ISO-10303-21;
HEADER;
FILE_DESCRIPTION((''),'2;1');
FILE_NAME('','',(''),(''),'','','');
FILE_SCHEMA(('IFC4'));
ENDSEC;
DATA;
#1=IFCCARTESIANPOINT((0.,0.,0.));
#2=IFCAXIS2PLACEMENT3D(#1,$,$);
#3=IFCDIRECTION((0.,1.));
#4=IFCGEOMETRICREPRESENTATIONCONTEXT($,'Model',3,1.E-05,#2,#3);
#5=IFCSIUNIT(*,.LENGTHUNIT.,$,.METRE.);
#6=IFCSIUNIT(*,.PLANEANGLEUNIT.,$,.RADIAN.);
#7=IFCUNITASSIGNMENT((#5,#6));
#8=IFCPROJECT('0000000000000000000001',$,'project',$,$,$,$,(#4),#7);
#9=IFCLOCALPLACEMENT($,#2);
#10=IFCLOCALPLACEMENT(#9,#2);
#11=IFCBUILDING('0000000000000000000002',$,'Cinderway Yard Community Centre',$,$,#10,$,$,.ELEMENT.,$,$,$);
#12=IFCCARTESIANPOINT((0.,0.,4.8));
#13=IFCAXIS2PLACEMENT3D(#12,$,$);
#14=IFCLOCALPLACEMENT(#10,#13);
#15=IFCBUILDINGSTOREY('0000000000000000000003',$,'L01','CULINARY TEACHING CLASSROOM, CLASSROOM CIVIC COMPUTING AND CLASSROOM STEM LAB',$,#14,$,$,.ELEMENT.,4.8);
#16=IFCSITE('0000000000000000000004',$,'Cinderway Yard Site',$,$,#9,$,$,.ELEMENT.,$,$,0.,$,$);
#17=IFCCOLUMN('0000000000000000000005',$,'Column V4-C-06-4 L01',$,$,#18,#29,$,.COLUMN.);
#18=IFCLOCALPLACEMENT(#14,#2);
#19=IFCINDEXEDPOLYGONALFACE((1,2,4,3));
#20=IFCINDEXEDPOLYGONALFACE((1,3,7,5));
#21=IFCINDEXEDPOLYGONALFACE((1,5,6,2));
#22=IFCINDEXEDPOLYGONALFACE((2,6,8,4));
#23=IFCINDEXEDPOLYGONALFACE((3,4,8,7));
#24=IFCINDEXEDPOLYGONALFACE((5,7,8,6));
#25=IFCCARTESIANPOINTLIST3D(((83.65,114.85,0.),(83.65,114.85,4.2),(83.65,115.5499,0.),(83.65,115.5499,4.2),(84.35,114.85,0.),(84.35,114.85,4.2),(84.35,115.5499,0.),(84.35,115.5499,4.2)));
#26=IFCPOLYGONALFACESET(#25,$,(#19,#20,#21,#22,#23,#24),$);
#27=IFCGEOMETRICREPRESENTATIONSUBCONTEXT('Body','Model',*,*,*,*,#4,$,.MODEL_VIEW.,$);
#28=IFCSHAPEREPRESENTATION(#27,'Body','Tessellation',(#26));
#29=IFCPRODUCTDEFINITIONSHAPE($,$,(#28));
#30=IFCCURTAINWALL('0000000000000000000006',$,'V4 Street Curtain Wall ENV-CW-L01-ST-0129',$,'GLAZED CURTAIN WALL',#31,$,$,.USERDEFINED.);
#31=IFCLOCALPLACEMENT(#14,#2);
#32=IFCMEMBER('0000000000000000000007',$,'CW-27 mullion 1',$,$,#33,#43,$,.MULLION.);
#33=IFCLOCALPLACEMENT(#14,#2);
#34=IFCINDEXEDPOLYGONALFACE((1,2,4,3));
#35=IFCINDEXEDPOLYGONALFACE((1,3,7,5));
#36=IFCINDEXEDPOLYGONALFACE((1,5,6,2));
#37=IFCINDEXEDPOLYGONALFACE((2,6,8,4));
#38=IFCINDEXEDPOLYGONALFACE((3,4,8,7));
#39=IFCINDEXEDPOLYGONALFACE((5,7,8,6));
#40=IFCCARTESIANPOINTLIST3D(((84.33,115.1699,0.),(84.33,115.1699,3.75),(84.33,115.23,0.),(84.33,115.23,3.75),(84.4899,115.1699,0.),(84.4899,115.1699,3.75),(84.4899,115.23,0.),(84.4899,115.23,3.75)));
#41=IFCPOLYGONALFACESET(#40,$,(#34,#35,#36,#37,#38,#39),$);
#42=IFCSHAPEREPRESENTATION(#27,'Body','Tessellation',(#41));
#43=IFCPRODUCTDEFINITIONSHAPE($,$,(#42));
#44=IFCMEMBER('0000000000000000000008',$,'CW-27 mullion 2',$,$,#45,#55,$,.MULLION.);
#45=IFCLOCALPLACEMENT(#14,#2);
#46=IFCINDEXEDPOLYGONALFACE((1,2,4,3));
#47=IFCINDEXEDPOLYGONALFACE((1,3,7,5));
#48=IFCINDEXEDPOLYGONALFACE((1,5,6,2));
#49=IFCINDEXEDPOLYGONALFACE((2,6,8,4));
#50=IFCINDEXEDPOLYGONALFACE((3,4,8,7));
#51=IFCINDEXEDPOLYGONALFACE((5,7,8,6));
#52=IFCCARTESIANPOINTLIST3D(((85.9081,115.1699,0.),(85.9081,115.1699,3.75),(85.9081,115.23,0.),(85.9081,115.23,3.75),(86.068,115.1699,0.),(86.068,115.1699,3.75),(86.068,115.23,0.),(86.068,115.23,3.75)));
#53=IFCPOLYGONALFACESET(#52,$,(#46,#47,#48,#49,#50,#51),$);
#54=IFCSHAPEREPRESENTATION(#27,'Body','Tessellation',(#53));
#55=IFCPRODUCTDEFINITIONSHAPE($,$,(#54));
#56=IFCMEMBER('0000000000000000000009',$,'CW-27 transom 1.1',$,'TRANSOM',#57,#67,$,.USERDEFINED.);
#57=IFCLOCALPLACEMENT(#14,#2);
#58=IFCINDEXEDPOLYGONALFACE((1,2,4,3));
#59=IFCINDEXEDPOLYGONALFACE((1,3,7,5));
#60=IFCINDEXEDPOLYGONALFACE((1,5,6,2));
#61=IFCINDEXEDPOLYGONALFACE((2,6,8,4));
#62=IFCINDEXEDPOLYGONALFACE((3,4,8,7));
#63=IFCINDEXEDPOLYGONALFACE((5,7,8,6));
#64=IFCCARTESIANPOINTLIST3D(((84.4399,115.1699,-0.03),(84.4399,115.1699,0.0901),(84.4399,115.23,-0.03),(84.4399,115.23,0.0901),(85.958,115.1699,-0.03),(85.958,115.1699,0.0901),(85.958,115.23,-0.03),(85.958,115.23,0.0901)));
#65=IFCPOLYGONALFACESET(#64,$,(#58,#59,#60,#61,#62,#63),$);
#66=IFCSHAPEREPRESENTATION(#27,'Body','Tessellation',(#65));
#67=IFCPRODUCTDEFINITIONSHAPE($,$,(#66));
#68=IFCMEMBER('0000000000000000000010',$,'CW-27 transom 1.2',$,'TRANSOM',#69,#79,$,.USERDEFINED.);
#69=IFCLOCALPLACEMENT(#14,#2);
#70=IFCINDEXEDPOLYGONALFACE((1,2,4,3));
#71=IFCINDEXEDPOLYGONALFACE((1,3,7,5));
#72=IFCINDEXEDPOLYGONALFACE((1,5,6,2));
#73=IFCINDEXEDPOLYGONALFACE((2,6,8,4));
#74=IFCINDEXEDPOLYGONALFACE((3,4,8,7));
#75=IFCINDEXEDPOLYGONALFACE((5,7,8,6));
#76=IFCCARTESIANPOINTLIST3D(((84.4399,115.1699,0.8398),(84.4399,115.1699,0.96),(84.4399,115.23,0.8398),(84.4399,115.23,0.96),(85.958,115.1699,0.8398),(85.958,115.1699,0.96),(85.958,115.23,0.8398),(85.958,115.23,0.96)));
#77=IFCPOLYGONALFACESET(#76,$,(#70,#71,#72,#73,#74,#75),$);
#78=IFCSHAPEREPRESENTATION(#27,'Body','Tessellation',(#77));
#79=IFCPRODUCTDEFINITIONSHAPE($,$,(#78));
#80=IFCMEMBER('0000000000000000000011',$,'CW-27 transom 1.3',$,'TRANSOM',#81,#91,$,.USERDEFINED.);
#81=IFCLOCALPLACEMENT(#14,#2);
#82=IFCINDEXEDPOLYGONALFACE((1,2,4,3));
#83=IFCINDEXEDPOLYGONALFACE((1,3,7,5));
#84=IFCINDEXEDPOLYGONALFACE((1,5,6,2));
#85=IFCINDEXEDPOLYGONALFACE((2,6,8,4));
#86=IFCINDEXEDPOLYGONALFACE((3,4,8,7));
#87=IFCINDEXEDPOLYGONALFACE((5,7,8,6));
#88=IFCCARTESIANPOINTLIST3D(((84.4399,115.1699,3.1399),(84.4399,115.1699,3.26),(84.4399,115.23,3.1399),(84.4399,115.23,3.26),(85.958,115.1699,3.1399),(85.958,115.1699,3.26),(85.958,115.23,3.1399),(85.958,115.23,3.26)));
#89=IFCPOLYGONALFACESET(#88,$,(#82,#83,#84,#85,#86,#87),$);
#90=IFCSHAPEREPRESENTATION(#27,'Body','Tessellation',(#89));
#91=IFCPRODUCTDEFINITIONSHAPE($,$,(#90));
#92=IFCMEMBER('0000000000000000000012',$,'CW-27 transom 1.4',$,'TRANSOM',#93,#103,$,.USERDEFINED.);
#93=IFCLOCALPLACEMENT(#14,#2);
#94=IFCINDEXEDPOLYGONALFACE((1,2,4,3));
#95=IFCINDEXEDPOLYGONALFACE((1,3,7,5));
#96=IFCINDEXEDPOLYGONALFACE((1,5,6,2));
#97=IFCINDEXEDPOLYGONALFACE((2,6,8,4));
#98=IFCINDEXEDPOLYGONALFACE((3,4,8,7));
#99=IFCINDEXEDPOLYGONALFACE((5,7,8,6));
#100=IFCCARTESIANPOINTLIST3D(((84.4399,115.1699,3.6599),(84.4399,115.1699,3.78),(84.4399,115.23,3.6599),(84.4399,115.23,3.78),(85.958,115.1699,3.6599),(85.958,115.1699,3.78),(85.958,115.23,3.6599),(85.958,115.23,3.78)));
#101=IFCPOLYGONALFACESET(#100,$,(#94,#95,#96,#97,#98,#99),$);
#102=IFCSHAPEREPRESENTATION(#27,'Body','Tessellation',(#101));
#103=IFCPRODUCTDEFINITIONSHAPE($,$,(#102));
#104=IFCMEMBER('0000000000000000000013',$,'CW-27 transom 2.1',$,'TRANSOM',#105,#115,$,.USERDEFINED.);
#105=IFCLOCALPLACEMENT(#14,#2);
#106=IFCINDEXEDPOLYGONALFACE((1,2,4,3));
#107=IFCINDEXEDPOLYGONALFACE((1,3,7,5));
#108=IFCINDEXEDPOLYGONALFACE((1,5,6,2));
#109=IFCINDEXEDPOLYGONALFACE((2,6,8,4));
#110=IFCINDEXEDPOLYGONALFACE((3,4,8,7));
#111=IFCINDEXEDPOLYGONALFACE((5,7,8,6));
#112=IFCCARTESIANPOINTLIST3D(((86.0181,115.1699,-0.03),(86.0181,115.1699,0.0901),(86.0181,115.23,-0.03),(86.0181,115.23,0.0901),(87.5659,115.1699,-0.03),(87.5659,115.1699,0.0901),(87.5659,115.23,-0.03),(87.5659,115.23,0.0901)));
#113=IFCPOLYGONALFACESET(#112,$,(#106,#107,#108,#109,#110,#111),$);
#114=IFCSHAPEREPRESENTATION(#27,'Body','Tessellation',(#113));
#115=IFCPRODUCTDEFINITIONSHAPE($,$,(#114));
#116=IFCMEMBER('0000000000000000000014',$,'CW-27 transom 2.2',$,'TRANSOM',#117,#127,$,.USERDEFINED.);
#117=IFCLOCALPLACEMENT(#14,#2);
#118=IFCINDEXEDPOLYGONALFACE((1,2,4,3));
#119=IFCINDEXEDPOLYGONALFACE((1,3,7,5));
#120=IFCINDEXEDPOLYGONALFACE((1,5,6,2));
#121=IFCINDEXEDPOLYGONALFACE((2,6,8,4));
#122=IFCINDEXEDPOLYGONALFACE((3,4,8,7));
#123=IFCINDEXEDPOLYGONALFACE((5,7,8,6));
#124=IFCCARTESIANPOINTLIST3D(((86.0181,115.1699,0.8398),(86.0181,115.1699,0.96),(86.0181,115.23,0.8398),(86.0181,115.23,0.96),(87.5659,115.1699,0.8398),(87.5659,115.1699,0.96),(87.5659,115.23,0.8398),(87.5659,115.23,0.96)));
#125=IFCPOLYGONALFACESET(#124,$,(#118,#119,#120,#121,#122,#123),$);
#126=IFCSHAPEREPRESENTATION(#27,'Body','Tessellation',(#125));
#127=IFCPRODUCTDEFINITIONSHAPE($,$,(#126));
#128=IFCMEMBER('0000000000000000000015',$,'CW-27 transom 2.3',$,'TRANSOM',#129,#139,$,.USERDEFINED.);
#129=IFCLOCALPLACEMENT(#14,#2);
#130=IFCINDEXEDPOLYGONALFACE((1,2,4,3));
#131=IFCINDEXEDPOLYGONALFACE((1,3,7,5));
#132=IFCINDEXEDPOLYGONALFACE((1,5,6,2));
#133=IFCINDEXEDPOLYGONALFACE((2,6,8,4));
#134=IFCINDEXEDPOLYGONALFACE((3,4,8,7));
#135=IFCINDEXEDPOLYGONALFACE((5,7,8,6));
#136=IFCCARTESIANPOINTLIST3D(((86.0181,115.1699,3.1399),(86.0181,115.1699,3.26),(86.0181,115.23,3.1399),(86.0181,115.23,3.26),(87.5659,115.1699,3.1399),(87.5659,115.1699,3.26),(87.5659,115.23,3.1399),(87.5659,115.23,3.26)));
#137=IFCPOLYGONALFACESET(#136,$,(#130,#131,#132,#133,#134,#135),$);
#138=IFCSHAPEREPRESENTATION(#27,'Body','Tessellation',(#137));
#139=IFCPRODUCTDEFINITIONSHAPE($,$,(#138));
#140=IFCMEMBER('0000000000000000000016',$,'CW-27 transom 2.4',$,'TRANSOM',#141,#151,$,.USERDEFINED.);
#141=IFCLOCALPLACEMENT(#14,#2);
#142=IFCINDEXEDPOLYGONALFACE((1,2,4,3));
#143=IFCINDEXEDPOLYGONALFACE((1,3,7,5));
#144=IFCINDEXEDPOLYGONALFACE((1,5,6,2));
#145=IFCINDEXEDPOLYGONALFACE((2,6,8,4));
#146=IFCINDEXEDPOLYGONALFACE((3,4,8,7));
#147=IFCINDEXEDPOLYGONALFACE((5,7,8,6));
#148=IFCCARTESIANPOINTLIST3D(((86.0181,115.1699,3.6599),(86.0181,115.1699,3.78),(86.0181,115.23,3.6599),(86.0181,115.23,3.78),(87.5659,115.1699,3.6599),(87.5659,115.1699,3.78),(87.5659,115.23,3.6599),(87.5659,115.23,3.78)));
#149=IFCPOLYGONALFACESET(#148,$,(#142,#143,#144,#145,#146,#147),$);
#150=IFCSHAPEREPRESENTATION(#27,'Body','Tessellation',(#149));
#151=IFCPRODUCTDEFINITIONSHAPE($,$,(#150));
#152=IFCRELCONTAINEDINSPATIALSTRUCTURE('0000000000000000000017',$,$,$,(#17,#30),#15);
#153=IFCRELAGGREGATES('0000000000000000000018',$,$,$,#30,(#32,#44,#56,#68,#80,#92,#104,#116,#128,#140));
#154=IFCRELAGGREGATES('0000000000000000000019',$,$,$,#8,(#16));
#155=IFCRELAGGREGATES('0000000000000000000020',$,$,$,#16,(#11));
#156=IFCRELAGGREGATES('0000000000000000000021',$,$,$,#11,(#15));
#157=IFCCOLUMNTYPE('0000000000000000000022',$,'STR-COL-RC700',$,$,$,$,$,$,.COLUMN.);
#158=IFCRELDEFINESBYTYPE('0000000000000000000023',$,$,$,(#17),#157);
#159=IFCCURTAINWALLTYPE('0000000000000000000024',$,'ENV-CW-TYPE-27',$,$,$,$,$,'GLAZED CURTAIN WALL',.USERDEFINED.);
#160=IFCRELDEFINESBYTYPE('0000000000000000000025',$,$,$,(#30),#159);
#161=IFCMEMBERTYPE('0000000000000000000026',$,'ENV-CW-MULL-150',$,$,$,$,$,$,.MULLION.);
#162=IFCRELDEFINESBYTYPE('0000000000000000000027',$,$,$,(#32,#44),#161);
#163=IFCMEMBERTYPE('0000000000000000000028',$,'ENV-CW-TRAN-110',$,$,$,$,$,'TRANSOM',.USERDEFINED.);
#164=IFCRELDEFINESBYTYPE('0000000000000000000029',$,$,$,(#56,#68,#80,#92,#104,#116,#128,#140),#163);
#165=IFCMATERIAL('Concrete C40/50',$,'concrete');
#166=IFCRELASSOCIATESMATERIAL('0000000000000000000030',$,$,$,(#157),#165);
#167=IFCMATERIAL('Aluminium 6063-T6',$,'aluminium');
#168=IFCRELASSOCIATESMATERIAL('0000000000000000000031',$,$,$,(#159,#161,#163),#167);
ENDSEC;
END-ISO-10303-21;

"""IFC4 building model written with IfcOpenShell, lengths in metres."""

from ifc_helpers import new_model, si_unit, direction, frame, origin, origin_2d, place, context, subcontext, project, spatial, rectangle, extrude, material, material_profile, profile_set, type_object, element, aggregate, save


model = new_model("IFC4")

# Units and contexts
model_context = context("Model", 3, precision=1e-05, world=origin(), true_north=direction((0.0, 1.0)))
body_context = subcontext(model_context, "Body", "Model", "MODEL_VIEW")
ifc_project = project(units=[si_unit("LENGTHUNIT", "METRE"), si_unit("PLANEANGLEUNIT", "RADIAN")], contexts=[model_context])

# Site, building, storey
site_placement = place(None, origin())
site = spatial("IfcSite", under=ifc_project, at=site_placement, Name="Cinderway Yard Site", CompositionType="ELEMENT", RefElevation=0.0)
building_placement = place(site_placement, origin())
building = spatial("IfcBuilding", under=site, at=building_placement, Name="Cinderway Yard Community Centre", CompositionType="ELEMENT")
storey_placement = place(building_placement, frame((0.0, 0.0, 4.8)))
storey = spatial("IfcBuildingStorey", under=building, at=storey_placement, Name="L01", Description="CULINARY TEACHING CLASSROOM, CLASSROOM CIVIC COMPUTING AND CLASSROOM STEM LAB", CompositionType="ELEMENT", Elevation=4.8)

# Column
ifc_material_1 = material(Name="Concrete C40/50", Category="concrete")
ifc_material_profile_1 = material_profile(ifc_material_1, rectangle(XDim=0.7, YDim=0.7, at=origin_2d()), Name="Concrete C40/50")
ifc_profile_set_1 = profile_set([ifc_material_profile_1], Name="Concrete C40/50")
column_type = type_object("IfcColumnType", Name="STR-COL-RC700", PredefinedType="COLUMN", material=ifc_profile_set_1)
column_placement = place(storey_placement, frame((84.0, 115.2, 0.0), z_axis=(0.0, 0.0, 1.0), x_axis=(1.0, 0.0, 0.0)))
element("IfcColumn", 1, at=column_placement, inside=storey, type_object=column_type, Name="Column V4-C-06-4 L01", PredefinedType="COLUMN", context=body_context, shape_type="SweptSolid", body=[
    extrude(rectangle(XDim=0.7, YDim=0.7, at=origin_2d()), origin(), (0.0, 0.0, 1.0), 4.2),
])

# Curtain wall, members
ifc_material_2 = material(Name="Aluminium 6063-T6", Category="aluminium")
curtain_wall_type = type_object("IfcCurtainWallType", Name="ENV-CW-TYPE-27", ElementType="GLAZED CURTAIN WALL", PredefinedType="USERDEFINED", material=ifc_material_2)
curtain_wall_placement = place(storey_placement, origin())
curtain_wall = element("IfcCurtainWall", 2, at=curtain_wall_placement, inside=storey, type_object=curtain_wall_type, Name="V4 Street Curtain Wall ENV-CW-L01-ST-0129", ObjectType="GLAZED CURTAIN WALL", PredefinedType="USERDEFINED")
ifc_material_profile_2 = material_profile(ifc_material_2, rectangle(XDim=0.0601, YDim=0.1599, at=origin_2d()), Name="Aluminium 6063-T6")
ifc_profile_set_2 = profile_set([ifc_material_profile_2], Name="Aluminium 6063-T6")
member_type_1 = type_object("IfcMemberType", Name="ENV-CW-MULL-150", PredefinedType="MULLION", material=ifc_profile_set_2)
member_1_placement = place(storey_placement, frame((84.4099, 115.2, 0.0), z_axis=(0.0, 0.0, 1.0), x_axis=(0.0, 1.0, 0.0)))
member_1 = element("IfcMember", 3, at=member_1_placement, type_object=member_type_1, Name="CW-27 mullion 1", PredefinedType="MULLION", context=body_context, shape_type="SweptSolid", body=[
    extrude(rectangle(XDim=0.0601, YDim=0.1599, at=origin_2d()), origin(), (0.0, 0.0, 1.0), 3.75),
])
member_2_placement = place(storey_placement, frame((85.988, 115.2, 0.0), z_axis=(0.0, 0.0, 1.0), x_axis=(0.0, 1.0, 0.0)))
member_2 = element("IfcMember", 4, at=member_2_placement, type_object=member_type_1, Name="CW-27 mullion 2", PredefinedType="MULLION", context=body_context, shape_type="SweptSolid", body=[
    extrude(rectangle(XDim=0.0601, YDim=0.1599, at=origin_2d()), origin(), (0.0, 0.0, 1.0), 3.75),
])
ifc_material_profile_3 = material_profile(ifc_material_2, rectangle(XDim=0.0601, YDim=0.1201, at=origin_2d()), Name="Aluminium 6063-T6")
ifc_profile_set_3 = profile_set([ifc_material_profile_3], Name="Aluminium 6063-T6")
member_type_2 = type_object("IfcMemberType", Name="ENV-CW-TRAN-110", ElementType="TRANSOM", PredefinedType="USERDEFINED", material=ifc_profile_set_3)
member_3_placement = place(storey_placement, frame((84.4399, 115.2, 0.03), z_axis=(1.0, 0.0, 0.0), x_axis=(0.0, 1.0, 0.0)))
member_3 = element("IfcMember", 5, at=member_3_placement, type_object=member_type_2, Name="CW-27 transom 1.1", ObjectType="TRANSOM", PredefinedType="USERDEFINED", context=body_context, shape_type="SweptSolid", body=[
    extrude(rectangle(XDim=0.0601, YDim=0.1201, at=origin_2d()), origin(), (0.0, 0.0, 1.0), 1.5181),
])
member_4_placement = place(storey_placement, frame((84.4399, 115.2, 0.8999), z_axis=(1.0, 0.0, 0.0), x_axis=(0.0, 1.0, 0.0)))
member_4 = element("IfcMember", 6, at=member_4_placement, type_object=member_type_2, Name="CW-27 transom 1.2", ObjectType="TRANSOM", PredefinedType="USERDEFINED", context=body_context, shape_type="SweptSolid", body=[
    extrude(rectangle(XDim=0.0601, YDim=0.1201, at=origin_2d()), origin(), (0.0, 0.0, 1.0), 1.5181),
])
member_5_placement = place(storey_placement, frame((84.4399, 115.2, 3.2), z_axis=(1.0, 0.0, 0.0), x_axis=(0.0, 1.0, 0.0)))
member_5 = element("IfcMember", 7, at=member_5_placement, type_object=member_type_2, Name="CW-27 transom 1.3", ObjectType="TRANSOM", PredefinedType="USERDEFINED", context=body_context, shape_type="SweptSolid", body=[
    extrude(rectangle(XDim=0.0601, YDim=0.1201, at=origin_2d()), origin(), (0.0, 0.0, 1.0), 1.5181),
])
member_6_placement = place(storey_placement, frame((84.4399, 115.2, 3.72), z_axis=(1.0, 0.0, 0.0), x_axis=(0.0, 1.0, 0.0)))
member_6 = element("IfcMember", 8, at=member_6_placement, type_object=member_type_2, Name="CW-27 transom 1.4", ObjectType="TRANSOM", PredefinedType="USERDEFINED", context=body_context, shape_type="SweptSolid", body=[
    extrude(rectangle(XDim=0.0601, YDim=0.1201, at=origin_2d()), origin(), (0.0, 0.0, 1.0), 1.5181),
])
member_7_placement = place(storey_placement, frame((86.0181, 115.2, 0.03), z_axis=(1.0, 0.0, 0.0), x_axis=(0.0, 1.0, 0.0)))
member_7 = element("IfcMember", 9, at=member_7_placement, type_object=member_type_2, Name="CW-27 transom 2.1", ObjectType="TRANSOM", PredefinedType="USERDEFINED", context=body_context, shape_type="SweptSolid", body=[
    extrude(rectangle(XDim=0.0601, YDim=0.1201, at=origin_2d()), origin(), (0.0, 0.0, 1.0), 1.5479),
])
member_8_placement = place(storey_placement, frame((86.0181, 115.2, 0.8999), z_axis=(1.0, 0.0, 0.0), x_axis=(0.0, 1.0, 0.0)))
member_8 = element("IfcMember", 10, at=member_8_placement, type_object=member_type_2, Name="CW-27 transom 2.2", ObjectType="TRANSOM", PredefinedType="USERDEFINED", context=body_context, shape_type="SweptSolid", body=[
    extrude(rectangle(XDim=0.0601, YDim=0.1201, at=origin_2d()), origin(), (0.0, 0.0, 1.0), 1.5479),
])
member_9_placement = place(storey_placement, frame((86.0181, 115.2, 3.2), z_axis=(1.0, 0.0, 0.0), x_axis=(0.0, 1.0, 0.0)))
member_9 = element("IfcMember", 11, at=member_9_placement, type_object=member_type_2, Name="CW-27 transom 2.3", ObjectType="TRANSOM", PredefinedType="USERDEFINED", context=body_context, shape_type="SweptSolid", body=[
    extrude(rectangle(XDim=0.0601, YDim=0.1201, at=origin_2d()), origin(), (0.0, 0.0, 1.0), 1.5479),
])
member_10_placement = place(storey_placement, frame((86.0181, 115.2, 3.72), z_axis=(1.0, 0.0, 0.0), x_axis=(0.0, 1.0, 0.0)))
member_10 = element("IfcMember", 12, at=member_10_placement, type_object=member_type_2, Name="CW-27 transom 2.4", ObjectType="TRANSOM", PredefinedType="USERDEFINED", context=body_context, shape_type="SweptSolid", body=[
    extrude(rectangle(XDim=0.0601, YDim=0.1201, at=origin_2d()), origin(), (0.0, 0.0, 1.0), 1.5479),
])

aggregate(curtain_wall, [member_1, member_2, member_3, member_4, member_5, member_6, member_7, member_8, member_9, member_10])

save(model, "model.ifc")
